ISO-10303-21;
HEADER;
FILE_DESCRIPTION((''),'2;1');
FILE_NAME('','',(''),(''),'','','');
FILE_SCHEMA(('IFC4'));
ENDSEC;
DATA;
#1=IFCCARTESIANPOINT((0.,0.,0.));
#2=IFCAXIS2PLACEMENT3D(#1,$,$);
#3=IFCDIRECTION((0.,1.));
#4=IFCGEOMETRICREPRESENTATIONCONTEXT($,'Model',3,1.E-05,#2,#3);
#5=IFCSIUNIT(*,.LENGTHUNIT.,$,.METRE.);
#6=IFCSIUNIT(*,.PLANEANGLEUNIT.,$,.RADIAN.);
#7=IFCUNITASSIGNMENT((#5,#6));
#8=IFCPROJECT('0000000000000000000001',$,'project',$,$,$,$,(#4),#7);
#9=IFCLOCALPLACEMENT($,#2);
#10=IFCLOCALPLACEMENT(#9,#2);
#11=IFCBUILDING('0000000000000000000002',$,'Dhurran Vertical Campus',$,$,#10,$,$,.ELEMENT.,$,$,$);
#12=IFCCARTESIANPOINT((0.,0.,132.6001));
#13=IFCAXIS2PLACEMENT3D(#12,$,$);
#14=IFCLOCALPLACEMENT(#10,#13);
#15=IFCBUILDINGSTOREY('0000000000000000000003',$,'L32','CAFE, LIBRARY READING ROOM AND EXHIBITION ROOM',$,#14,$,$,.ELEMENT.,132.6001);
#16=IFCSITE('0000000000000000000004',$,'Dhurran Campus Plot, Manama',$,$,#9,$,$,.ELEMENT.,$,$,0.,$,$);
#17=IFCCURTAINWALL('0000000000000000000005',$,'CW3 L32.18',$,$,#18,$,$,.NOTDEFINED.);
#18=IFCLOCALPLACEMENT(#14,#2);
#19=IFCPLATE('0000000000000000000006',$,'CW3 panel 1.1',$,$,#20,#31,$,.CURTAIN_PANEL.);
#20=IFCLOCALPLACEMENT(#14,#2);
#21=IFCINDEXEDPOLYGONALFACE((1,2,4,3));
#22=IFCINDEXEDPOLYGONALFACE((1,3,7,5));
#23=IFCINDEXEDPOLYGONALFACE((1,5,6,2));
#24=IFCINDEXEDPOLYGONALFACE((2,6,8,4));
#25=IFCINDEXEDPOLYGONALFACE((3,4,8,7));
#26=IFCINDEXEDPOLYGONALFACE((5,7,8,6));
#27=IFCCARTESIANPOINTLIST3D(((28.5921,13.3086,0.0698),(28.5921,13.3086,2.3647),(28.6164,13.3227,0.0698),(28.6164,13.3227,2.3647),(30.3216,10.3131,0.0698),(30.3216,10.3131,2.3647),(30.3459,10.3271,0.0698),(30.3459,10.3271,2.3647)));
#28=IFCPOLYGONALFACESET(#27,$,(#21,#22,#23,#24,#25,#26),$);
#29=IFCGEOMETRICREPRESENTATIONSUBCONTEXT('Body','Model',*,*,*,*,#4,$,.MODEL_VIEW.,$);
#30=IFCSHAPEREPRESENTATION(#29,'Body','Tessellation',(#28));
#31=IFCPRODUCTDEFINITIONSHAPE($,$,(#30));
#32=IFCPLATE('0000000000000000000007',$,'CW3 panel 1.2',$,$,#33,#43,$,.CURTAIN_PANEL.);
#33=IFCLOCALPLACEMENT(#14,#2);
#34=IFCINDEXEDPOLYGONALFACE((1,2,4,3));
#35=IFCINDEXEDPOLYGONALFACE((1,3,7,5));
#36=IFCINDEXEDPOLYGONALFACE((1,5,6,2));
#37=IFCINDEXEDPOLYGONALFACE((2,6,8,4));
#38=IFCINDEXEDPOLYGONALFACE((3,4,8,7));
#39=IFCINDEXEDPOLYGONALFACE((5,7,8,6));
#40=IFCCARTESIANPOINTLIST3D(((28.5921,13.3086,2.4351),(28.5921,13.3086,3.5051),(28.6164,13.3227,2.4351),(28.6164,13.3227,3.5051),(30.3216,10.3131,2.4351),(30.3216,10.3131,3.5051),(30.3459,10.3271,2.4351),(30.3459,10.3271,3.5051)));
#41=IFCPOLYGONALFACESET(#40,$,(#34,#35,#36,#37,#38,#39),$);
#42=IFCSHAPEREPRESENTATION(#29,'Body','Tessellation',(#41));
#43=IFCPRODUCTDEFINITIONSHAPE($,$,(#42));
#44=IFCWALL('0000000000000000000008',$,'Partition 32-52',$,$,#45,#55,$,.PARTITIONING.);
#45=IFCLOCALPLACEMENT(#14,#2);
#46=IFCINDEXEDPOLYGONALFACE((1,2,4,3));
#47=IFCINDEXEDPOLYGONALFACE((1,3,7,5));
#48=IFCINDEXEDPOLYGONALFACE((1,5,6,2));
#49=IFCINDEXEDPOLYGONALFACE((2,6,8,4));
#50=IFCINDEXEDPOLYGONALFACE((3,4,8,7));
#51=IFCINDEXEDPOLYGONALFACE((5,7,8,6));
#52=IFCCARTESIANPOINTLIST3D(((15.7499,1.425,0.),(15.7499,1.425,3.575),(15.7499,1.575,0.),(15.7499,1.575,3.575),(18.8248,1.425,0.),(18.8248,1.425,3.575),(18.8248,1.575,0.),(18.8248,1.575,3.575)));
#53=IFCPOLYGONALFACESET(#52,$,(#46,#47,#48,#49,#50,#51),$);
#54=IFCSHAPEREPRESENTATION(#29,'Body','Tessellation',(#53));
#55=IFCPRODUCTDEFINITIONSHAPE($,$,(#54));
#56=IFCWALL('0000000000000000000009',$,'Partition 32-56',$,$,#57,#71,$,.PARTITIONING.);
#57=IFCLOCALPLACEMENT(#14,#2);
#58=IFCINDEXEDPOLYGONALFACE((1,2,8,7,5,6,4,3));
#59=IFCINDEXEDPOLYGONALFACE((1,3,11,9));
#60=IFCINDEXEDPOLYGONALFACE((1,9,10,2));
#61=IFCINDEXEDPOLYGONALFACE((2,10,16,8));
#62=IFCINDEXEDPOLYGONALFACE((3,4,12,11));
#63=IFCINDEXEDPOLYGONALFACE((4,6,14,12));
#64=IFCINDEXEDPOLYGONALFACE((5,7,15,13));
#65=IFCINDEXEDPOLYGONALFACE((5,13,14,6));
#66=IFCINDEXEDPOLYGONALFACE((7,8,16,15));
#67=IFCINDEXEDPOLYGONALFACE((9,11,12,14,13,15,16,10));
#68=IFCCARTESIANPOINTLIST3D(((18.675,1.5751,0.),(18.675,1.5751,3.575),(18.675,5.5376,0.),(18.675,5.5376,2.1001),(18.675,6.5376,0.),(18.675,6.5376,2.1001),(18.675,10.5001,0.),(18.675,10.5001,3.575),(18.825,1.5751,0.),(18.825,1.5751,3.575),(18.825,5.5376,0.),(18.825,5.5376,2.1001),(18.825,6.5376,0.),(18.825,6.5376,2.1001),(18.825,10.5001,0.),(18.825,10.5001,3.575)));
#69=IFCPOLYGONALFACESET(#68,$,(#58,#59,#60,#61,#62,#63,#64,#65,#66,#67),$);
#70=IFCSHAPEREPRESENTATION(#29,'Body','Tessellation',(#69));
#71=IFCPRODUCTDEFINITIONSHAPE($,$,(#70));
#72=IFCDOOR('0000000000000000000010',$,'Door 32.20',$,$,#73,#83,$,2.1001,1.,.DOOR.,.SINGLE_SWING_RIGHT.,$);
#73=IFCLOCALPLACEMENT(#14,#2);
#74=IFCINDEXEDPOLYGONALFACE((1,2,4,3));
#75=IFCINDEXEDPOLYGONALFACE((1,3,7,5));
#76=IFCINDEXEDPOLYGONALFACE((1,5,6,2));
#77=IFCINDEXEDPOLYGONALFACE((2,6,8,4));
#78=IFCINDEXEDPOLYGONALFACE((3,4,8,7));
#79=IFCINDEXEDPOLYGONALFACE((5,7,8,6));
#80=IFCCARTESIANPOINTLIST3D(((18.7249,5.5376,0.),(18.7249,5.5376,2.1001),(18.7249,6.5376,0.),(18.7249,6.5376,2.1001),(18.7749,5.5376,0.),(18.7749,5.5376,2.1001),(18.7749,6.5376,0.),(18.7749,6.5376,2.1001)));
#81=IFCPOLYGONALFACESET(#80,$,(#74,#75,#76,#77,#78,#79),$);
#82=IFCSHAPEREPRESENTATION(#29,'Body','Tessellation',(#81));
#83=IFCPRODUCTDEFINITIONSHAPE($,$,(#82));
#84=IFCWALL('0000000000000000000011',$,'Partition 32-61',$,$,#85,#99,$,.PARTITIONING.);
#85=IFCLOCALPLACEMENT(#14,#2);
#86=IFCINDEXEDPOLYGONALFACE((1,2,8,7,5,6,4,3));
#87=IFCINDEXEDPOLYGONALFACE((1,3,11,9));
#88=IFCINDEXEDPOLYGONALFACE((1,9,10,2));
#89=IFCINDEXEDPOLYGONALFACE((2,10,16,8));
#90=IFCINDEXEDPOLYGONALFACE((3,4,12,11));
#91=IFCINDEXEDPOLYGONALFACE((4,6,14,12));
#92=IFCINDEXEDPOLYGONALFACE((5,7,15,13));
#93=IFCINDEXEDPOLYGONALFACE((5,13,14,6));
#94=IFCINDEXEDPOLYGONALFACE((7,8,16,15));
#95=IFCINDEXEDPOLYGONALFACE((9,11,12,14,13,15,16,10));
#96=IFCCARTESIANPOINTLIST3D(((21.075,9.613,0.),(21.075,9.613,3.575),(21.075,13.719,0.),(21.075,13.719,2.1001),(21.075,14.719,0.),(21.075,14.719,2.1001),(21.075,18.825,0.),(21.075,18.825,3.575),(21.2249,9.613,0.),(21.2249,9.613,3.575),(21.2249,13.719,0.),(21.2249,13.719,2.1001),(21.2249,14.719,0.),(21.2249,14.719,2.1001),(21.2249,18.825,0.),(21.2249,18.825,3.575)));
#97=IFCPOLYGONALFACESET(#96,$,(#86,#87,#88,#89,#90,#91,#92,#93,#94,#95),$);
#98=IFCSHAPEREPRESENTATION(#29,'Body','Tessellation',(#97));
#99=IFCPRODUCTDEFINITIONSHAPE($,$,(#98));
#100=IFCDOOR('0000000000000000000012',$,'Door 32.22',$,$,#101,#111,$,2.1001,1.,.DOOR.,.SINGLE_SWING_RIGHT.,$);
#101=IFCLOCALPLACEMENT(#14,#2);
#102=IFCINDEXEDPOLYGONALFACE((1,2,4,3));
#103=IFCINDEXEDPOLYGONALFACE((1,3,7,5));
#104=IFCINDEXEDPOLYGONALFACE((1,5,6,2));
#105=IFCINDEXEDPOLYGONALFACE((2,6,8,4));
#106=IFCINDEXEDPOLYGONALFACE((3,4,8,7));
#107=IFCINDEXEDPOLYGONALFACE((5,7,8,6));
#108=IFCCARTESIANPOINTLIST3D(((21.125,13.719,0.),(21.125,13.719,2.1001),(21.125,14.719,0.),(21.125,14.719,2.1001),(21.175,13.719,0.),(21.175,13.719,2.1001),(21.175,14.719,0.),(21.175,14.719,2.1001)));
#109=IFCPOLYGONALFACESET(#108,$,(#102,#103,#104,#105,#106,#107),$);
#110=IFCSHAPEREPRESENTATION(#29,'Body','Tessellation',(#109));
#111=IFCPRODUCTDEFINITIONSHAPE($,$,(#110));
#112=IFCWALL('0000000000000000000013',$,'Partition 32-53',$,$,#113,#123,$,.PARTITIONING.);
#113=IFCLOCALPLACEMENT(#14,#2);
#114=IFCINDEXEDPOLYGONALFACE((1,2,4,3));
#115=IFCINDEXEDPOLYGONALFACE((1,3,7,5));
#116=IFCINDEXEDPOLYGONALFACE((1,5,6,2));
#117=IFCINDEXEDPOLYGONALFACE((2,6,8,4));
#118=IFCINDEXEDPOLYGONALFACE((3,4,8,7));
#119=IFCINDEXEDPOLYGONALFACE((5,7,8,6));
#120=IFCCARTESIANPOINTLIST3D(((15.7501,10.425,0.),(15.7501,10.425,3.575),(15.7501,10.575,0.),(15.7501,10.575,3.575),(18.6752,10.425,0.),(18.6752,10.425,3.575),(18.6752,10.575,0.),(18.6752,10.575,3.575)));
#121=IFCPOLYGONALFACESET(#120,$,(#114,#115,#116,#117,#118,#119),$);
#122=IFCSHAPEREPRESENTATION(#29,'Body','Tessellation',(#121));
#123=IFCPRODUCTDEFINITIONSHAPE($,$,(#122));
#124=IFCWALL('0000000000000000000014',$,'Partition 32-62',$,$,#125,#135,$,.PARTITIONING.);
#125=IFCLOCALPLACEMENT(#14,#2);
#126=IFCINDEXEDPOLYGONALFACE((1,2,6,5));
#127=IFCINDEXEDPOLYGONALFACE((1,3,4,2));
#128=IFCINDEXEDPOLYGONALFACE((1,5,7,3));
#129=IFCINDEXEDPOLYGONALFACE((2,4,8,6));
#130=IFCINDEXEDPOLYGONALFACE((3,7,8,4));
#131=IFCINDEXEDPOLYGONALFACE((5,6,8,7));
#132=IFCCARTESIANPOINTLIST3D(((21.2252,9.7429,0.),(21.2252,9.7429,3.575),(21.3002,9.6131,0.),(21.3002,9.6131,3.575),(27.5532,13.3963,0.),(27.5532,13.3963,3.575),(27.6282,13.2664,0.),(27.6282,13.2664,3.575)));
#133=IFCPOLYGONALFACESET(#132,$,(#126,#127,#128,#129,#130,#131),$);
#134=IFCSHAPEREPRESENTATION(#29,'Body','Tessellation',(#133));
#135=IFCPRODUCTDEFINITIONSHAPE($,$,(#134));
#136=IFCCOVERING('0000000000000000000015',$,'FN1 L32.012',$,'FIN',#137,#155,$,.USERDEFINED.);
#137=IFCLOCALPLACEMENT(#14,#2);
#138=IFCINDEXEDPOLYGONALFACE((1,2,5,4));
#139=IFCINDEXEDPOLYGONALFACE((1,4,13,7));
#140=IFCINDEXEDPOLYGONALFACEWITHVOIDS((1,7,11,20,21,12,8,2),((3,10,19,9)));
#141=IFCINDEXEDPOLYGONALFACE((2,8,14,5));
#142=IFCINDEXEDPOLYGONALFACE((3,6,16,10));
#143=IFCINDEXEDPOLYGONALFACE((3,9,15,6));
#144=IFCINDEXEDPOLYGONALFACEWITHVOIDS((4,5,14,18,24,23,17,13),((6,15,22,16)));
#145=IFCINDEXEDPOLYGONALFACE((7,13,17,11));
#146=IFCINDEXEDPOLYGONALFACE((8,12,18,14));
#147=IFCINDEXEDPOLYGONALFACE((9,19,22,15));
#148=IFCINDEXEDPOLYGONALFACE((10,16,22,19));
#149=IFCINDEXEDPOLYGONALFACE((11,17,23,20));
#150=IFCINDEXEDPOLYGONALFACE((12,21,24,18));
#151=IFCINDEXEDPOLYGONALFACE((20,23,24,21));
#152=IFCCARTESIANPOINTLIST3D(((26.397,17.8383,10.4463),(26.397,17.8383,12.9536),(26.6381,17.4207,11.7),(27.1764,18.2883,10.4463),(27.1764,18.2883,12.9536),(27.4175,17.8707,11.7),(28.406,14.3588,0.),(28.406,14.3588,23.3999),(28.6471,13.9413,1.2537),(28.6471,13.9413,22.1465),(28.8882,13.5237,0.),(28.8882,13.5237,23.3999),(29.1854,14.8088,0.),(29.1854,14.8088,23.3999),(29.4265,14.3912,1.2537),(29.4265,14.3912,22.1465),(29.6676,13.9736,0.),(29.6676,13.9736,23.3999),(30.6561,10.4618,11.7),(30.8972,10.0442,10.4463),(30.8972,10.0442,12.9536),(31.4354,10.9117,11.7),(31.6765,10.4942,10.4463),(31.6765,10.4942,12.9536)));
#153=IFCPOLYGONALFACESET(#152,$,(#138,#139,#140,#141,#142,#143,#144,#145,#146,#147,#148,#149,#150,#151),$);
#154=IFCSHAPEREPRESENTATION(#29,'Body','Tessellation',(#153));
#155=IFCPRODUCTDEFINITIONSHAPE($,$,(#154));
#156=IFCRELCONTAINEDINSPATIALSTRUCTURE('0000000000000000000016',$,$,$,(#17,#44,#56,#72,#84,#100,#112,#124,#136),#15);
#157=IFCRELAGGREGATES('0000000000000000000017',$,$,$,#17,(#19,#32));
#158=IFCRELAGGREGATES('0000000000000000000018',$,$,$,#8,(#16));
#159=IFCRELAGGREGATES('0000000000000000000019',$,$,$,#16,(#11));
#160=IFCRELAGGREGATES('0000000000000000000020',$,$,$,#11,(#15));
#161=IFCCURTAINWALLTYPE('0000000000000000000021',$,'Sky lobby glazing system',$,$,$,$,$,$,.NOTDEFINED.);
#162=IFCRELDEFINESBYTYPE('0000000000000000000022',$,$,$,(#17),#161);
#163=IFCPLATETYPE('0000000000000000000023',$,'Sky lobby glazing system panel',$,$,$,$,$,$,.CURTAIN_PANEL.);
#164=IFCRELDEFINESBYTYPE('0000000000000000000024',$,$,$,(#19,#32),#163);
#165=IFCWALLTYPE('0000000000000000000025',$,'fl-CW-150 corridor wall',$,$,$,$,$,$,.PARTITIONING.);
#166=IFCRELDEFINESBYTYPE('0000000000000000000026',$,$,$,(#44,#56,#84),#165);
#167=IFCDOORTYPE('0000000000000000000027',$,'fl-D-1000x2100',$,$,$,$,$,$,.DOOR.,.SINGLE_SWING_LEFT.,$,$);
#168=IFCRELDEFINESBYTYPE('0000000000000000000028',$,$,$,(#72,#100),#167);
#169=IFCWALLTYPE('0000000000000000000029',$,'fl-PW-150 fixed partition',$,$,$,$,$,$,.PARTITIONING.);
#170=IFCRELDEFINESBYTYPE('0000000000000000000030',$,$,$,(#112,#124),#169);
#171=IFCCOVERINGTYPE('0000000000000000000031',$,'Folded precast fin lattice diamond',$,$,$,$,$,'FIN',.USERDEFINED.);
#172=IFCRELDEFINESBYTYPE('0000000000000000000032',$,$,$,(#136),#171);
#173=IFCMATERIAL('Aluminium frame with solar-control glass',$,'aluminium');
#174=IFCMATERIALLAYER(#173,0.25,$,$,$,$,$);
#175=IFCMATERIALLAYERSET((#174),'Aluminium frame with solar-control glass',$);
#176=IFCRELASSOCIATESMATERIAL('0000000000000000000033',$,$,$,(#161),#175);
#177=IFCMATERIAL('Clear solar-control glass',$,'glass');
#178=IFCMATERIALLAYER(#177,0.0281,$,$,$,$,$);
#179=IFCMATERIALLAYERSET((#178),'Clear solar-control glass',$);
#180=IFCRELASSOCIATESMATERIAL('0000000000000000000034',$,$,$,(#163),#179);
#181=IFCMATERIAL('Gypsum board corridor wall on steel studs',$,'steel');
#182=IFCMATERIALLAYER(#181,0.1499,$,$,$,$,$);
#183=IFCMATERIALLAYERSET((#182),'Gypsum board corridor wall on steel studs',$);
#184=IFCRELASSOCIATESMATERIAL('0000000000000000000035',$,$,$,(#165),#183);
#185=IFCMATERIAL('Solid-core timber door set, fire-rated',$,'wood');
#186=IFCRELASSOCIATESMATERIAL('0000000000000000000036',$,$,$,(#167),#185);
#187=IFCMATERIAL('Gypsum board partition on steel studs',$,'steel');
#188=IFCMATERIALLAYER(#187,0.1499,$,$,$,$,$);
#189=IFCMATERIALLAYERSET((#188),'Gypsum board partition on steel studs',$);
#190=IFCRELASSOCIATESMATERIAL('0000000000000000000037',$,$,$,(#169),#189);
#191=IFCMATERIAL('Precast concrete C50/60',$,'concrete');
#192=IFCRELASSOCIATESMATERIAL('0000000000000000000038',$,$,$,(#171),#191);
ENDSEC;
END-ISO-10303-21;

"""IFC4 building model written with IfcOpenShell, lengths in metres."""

from ifc_helpers import new_model, si_unit, direction, frame, frame_2d, origin, origin_2d, place, context, subcontext, project, spatial, polyline, rectangle, outline, extrude, material, layer, layer_set, type_object, element, fill, aggregate, save


model = new_model("IFC4")

# Units and contexts
model_context = context("Model", 3, precision=1e-05, world=origin(), true_north=direction((0.0, 1.0)))
body_context = subcontext(model_context, "Body", "Model", "MODEL_VIEW")
ifc_project = project(units=[si_unit("LENGTHUNIT", "METRE"), si_unit("PLANEANGLEUNIT", "RADIAN")], contexts=[model_context])

# Site, building, storey
site_placement = place(None, origin())
site = spatial("IfcSite", under=ifc_project, at=site_placement, Name="Dhurran Campus Plot, Manama", CompositionType="ELEMENT", RefElevation=0.0)
building_placement = place(site_placement, origin())
building = spatial("IfcBuilding", under=site, at=building_placement, Name="Dhurran Vertical Campus", CompositionType="ELEMENT")
storey_placement = place(building_placement, frame((0.0, 0.0, 132.6001)))
storey = spatial("IfcBuildingStorey", under=building, at=storey_placement, Name="L32", Description="CAFE, LIBRARY READING ROOM AND EXHIBITION ROOM", CompositionType="ELEMENT", Elevation=132.6001)

# Shared definitions
ifc_material_1 = material(Name="Aluminium frame with solar-control glass", Category="aluminium")
ifc_layer_1 = layer(ifc_material_1, 0.25)
ifc_layer_set_1 = layer_set([ifc_layer_1], Name="Aluminium frame with solar-control glass")
curtain_wall_type = type_object("IfcCurtainWallType", Name="Sky lobby glazing system", PredefinedType="NOTDEFINED", material=ifc_layer_set_1)

# Curtain wall
curtain_wall_1_placement = place(storey_placement, origin())
curtain_wall_1 = element("IfcCurtainWall", 1, at=curtain_wall_1_placement, inside=storey, type_object=curtain_wall_type, Name="CW3 L32.18", PredefinedType="NOTDEFINED")

# Plates
ifc_material_2 = material(Name="Clear solar-control glass", Category="glass")
ifc_layer_2 = layer(ifc_material_2, 0.0281)
ifc_layer_set_2 = layer_set([ifc_layer_2], Name="Clear solar-control glass")
plate_type = type_object("IfcPlateType", Name="Sky lobby glazing system panel", PredefinedType="CURTAIN_PANEL", material=ifc_layer_set_2)
plate_1_placement = place(storey_placement, frame((29.469, 11.8179, 0.0698), z_axis=(0.0, 0.0, 1.0), x_axis=(-0.500003, 0.866024, 0.0)))
plate_1 = element("IfcPlate", 2, at=plate_1_placement, type_object=plate_type, Name="CW3 panel 1.1", PredefinedType="CURTAIN_PANEL", context=body_context, shape_type="SweptSolid", body=[
    extrude(rectangle(XDim=3.459, YDim=0.0281, at=origin_2d()), origin(), (0.0, 0.0, 1.0), 2.2949),
])
plate_2_placement = place(storey_placement, frame((29.469, 11.8179, 2.4351), z_axis=(0.0, 0.0, 1.0), x_axis=(-0.500003, 0.866024, 0.0)))
plate_2 = element("IfcPlate", 3, at=plate_2_placement, type_object=plate_type, Name="CW3 panel 1.2", PredefinedType="CURTAIN_PANEL", context=body_context, shape_type="SweptSolid", body=[
    extrude(rectangle(XDim=3.459, YDim=0.0281, at=origin_2d()), origin(), (0.0, 0.0, 1.0), 1.0701),
])
aggregate(curtain_wall_1, [plate_1, plate_2])

# Wall
ifc_material_3 = material(Name="Gypsum board corridor wall on steel studs", Category="steel")
ifc_layer_3 = layer(ifc_material_3, 0.1499)
ifc_layer_set_3 = layer_set([ifc_layer_3], Name="Gypsum board corridor wall on steel studs")
wall_type_1 = type_object("IfcWallType", Name="fl-CW-150 corridor wall", PredefinedType="PARTITIONING", material=ifc_layer_set_3)
wall_1_placement = place(storey_placement, frame((18.825, 1.5, 0.0), z_axis=(0.0, 0.0, 1.0), x_axis=(-1.0, 0.0, 0.0)))
element("IfcWall", 4, at=wall_1_placement, inside=storey, type_object=wall_type_1, Name="Partition 32-52", PredefinedType="PARTITIONING", context=body_context, shape_type="SweptSolid", body=[
    extrude(rectangle(XDim=3.075, YDim=0.1499, at=frame_2d((1.5376, 0.0))), origin(), (0.0, 0.0, 1.0), 3.575),
])

# Walls, openings, doors
wall_2_placement = place(storey_placement, frame((18.75, 10.5, 0.0), z_axis=(0.0, 0.0, 1.0), x_axis=(0.0, -1.0, 0.0)))
wall_2 = element("IfcWall", 5, at=wall_2_placement, inside=storey, type_object=wall_type_1, Name="Partition 32-56", PredefinedType="PARTITIONING", context=body_context, shape_type="SweptSolid", body=[
    extrude(rectangle(XDim=8.925, YDim=0.1499, at=frame_2d((4.4624, 0.0))), origin(), (0.0, 0.0, 1.0), 3.575),
])
opening_1_placement = place(wall_2_placement, frame((3.9624, 0.0, 0.0)))
opening_1 = element("IfcOpeningElement", 6, at=opening_1_placement, cuts=wall_2, PredefinedType="OPENING", context=body_context, shape_type="SweptSolid", body=[
    extrude(rectangle(XDim=1.0, YDim=2.1001, at=frame_2d((0.5, 1.05))), frame((0.0, 0.085, 0.0), z_axis=(0.0, -1.0, 0.0), x_axis=(1.0, 0.0, 0.0)), (0.0, 0.0, 1.0), 0.1699),
])
ifc_material_4 = material(Name="Solid-core timber door set, fire-rated", Category="wood")
door_type = type_object("IfcDoorType", Name="fl-D-1000x2100", OperationType="SINGLE_SWING_LEFT", PredefinedType="DOOR", material=ifc_material_4)
door_1_placement = place(opening_1_placement, origin())
door_1 = element("IfcDoor", 7, at=door_1_placement, inside=storey, type_object=door_type, Name="Door 32.20", OperationType="SINGLE_SWING_RIGHT", OverallHeight=2.1001, OverallWidth=1.0, PredefinedType="DOOR", context=body_context, shape_type="SweptSolid", body=[
    extrude(rectangle(XDim=1.0, YDim=2.1001, at=frame_2d((0.5, 1.05))), frame((0.0, 0.0249, 0.0), z_axis=(0.0, -1.0, 0.0), x_axis=(1.0, 0.0, 0.0)), (0.0, 0.0, 1.0), 0.05),
])
fill(opening_1, door_1)
wall_3_placement = place(storey_placement, frame((21.1499, 9.613, 0.0), z_axis=(0.0, 0.0, 1.0), x_axis=(0.0, 1.0, 0.0)))
wall_3 = element("IfcWall", 8, at=wall_3_placement, inside=storey, type_object=wall_type_1, Name="Partition 32-61", PredefinedType="PARTITIONING", context=body_context, shape_type="SweptSolid", body=[
    extrude(rectangle(XDim=9.2119, YDim=0.1499, at=frame_2d((4.606, 0.0))), origin(), (0.0, 0.0, 1.0), 3.575),
])
opening_2_placement = place(wall_3_placement, frame((4.106, 0.0, 0.0)))
opening_2 = element("IfcOpeningElement", 9, at=opening_2_placement, cuts=wall_3, PredefinedType="OPENING", context=body_context, shape_type="SweptSolid", body=[
    extrude(rectangle(XDim=1.0, YDim=2.1001, at=frame_2d((0.5, 1.05))), frame((0.0, 0.085, 0.0), z_axis=(0.0, -1.0, 0.0), x_axis=(1.0, 0.0, 0.0)), (0.0, 0.0, 1.0), 0.1699),
])
door_2_placement = place(opening_2_placement, origin())
door_2 = element("IfcDoor", 10, at=door_2_placement, inside=storey, type_object=door_type, Name="Door 32.22", OperationType="SINGLE_SWING_RIGHT", OverallHeight=2.1001, OverallWidth=1.0, PredefinedType="DOOR", context=body_context, shape_type="SweptSolid", body=[
    extrude(rectangle(XDim=1.0, YDim=2.1001, at=frame_2d((0.5, 1.05))), frame((0.0, 0.0249, 0.0), z_axis=(0.0, -1.0, 0.0), x_axis=(1.0, 0.0, 0.0)), (0.0, 0.0, 1.0), 0.05),
])
fill(opening_2, door_2)

# Walls
ifc_material_5 = material(Name="Gypsum board partition on steel studs", Category="steel")
ifc_layer_4 = layer(ifc_material_5, 0.1499)
ifc_layer_set_4 = layer_set([ifc_layer_4], Name="Gypsum board partition on steel studs")
wall_type_2 = type_object("IfcWallType", Name="fl-PW-150 fixed partition", PredefinedType="PARTITIONING", material=ifc_layer_set_4)
wall_4_placement = place(storey_placement, frame((18.675, 10.5, 0.0), z_axis=(0.0, 0.0, 1.0), x_axis=(-1.0, 0.0, 0.0)))
element("IfcWall", 11, at=wall_4_placement, inside=storey, type_object=wall_type_2, Name="Partition 32-53", PredefinedType="PARTITIONING", context=body_context, shape_type="SweptSolid", body=[
    extrude(rectangle(XDim=2.925, YDim=0.1499, at=frame_2d((1.4624, 0.0))), origin(), (0.0, 0.0, 1.0), 3.575),
])
wall_5_placement = place(storey_placement, frame((27.5906, 13.3313, 0.0), z_axis=(0.0, 0.0, 1.0), x_axis=(-0.86603, -0.499991, 0.0)))
element("IfcWall", 12, at=wall_5_placement, inside=storey, type_object=wall_type_2, Name="Partition 32-62", PredefinedType="PARTITIONING", context=body_context, shape_type="SweptSolid", body=[
    extrude(rectangle(XDim=7.3069, YDim=0.1499, at=frame_2d((3.6533, 0.0))), origin(), (0.0, 0.0, 1.0), 3.575),
])

# Covering
ifc_material_6 = material(Name="Precast concrete C50/60", Category="concrete")
covering_type = type_object("IfcCoveringType", Name="Folded precast fin lattice diamond", ElementType="FIN", PredefinedType="USERDEFINED", material=ifc_material_6)
covering_placement = place(storey_placement, frame((30.8972, 10.0442, 0.0), z_axis=(0.866014, 0.50002, 0.0), x_axis=(-0.50002, 0.866014, 0.0)))
element("IfcCovering", 13, at=covering_placement, inside=storey, type_object=covering_type, Name="FN1 L32.012", ObjectType="FIN", PredefinedType="USERDEFINED", context=body_context, shape_type="SweptSolid", body=[
    extrude(outline(polyline([(9.0, 12.9536), (9.0, 10.4463), (4.9822, 0.0), (4.0178, 0.0), (0.0, 10.4463), (0.0, 12.9536), (4.0178, 23.3999), (4.9822, 23.3999), (9.0, 12.9536)]), holes=[polyline([(8.5178, 11.7), (4.5, 22.1465), (0.4822, 11.7), (4.5, 1.2537), (8.5178, 11.7)])]), origin(), (0.0, 0.0, 1.0), 0.8999),
])

save(model, "model.ifc")
